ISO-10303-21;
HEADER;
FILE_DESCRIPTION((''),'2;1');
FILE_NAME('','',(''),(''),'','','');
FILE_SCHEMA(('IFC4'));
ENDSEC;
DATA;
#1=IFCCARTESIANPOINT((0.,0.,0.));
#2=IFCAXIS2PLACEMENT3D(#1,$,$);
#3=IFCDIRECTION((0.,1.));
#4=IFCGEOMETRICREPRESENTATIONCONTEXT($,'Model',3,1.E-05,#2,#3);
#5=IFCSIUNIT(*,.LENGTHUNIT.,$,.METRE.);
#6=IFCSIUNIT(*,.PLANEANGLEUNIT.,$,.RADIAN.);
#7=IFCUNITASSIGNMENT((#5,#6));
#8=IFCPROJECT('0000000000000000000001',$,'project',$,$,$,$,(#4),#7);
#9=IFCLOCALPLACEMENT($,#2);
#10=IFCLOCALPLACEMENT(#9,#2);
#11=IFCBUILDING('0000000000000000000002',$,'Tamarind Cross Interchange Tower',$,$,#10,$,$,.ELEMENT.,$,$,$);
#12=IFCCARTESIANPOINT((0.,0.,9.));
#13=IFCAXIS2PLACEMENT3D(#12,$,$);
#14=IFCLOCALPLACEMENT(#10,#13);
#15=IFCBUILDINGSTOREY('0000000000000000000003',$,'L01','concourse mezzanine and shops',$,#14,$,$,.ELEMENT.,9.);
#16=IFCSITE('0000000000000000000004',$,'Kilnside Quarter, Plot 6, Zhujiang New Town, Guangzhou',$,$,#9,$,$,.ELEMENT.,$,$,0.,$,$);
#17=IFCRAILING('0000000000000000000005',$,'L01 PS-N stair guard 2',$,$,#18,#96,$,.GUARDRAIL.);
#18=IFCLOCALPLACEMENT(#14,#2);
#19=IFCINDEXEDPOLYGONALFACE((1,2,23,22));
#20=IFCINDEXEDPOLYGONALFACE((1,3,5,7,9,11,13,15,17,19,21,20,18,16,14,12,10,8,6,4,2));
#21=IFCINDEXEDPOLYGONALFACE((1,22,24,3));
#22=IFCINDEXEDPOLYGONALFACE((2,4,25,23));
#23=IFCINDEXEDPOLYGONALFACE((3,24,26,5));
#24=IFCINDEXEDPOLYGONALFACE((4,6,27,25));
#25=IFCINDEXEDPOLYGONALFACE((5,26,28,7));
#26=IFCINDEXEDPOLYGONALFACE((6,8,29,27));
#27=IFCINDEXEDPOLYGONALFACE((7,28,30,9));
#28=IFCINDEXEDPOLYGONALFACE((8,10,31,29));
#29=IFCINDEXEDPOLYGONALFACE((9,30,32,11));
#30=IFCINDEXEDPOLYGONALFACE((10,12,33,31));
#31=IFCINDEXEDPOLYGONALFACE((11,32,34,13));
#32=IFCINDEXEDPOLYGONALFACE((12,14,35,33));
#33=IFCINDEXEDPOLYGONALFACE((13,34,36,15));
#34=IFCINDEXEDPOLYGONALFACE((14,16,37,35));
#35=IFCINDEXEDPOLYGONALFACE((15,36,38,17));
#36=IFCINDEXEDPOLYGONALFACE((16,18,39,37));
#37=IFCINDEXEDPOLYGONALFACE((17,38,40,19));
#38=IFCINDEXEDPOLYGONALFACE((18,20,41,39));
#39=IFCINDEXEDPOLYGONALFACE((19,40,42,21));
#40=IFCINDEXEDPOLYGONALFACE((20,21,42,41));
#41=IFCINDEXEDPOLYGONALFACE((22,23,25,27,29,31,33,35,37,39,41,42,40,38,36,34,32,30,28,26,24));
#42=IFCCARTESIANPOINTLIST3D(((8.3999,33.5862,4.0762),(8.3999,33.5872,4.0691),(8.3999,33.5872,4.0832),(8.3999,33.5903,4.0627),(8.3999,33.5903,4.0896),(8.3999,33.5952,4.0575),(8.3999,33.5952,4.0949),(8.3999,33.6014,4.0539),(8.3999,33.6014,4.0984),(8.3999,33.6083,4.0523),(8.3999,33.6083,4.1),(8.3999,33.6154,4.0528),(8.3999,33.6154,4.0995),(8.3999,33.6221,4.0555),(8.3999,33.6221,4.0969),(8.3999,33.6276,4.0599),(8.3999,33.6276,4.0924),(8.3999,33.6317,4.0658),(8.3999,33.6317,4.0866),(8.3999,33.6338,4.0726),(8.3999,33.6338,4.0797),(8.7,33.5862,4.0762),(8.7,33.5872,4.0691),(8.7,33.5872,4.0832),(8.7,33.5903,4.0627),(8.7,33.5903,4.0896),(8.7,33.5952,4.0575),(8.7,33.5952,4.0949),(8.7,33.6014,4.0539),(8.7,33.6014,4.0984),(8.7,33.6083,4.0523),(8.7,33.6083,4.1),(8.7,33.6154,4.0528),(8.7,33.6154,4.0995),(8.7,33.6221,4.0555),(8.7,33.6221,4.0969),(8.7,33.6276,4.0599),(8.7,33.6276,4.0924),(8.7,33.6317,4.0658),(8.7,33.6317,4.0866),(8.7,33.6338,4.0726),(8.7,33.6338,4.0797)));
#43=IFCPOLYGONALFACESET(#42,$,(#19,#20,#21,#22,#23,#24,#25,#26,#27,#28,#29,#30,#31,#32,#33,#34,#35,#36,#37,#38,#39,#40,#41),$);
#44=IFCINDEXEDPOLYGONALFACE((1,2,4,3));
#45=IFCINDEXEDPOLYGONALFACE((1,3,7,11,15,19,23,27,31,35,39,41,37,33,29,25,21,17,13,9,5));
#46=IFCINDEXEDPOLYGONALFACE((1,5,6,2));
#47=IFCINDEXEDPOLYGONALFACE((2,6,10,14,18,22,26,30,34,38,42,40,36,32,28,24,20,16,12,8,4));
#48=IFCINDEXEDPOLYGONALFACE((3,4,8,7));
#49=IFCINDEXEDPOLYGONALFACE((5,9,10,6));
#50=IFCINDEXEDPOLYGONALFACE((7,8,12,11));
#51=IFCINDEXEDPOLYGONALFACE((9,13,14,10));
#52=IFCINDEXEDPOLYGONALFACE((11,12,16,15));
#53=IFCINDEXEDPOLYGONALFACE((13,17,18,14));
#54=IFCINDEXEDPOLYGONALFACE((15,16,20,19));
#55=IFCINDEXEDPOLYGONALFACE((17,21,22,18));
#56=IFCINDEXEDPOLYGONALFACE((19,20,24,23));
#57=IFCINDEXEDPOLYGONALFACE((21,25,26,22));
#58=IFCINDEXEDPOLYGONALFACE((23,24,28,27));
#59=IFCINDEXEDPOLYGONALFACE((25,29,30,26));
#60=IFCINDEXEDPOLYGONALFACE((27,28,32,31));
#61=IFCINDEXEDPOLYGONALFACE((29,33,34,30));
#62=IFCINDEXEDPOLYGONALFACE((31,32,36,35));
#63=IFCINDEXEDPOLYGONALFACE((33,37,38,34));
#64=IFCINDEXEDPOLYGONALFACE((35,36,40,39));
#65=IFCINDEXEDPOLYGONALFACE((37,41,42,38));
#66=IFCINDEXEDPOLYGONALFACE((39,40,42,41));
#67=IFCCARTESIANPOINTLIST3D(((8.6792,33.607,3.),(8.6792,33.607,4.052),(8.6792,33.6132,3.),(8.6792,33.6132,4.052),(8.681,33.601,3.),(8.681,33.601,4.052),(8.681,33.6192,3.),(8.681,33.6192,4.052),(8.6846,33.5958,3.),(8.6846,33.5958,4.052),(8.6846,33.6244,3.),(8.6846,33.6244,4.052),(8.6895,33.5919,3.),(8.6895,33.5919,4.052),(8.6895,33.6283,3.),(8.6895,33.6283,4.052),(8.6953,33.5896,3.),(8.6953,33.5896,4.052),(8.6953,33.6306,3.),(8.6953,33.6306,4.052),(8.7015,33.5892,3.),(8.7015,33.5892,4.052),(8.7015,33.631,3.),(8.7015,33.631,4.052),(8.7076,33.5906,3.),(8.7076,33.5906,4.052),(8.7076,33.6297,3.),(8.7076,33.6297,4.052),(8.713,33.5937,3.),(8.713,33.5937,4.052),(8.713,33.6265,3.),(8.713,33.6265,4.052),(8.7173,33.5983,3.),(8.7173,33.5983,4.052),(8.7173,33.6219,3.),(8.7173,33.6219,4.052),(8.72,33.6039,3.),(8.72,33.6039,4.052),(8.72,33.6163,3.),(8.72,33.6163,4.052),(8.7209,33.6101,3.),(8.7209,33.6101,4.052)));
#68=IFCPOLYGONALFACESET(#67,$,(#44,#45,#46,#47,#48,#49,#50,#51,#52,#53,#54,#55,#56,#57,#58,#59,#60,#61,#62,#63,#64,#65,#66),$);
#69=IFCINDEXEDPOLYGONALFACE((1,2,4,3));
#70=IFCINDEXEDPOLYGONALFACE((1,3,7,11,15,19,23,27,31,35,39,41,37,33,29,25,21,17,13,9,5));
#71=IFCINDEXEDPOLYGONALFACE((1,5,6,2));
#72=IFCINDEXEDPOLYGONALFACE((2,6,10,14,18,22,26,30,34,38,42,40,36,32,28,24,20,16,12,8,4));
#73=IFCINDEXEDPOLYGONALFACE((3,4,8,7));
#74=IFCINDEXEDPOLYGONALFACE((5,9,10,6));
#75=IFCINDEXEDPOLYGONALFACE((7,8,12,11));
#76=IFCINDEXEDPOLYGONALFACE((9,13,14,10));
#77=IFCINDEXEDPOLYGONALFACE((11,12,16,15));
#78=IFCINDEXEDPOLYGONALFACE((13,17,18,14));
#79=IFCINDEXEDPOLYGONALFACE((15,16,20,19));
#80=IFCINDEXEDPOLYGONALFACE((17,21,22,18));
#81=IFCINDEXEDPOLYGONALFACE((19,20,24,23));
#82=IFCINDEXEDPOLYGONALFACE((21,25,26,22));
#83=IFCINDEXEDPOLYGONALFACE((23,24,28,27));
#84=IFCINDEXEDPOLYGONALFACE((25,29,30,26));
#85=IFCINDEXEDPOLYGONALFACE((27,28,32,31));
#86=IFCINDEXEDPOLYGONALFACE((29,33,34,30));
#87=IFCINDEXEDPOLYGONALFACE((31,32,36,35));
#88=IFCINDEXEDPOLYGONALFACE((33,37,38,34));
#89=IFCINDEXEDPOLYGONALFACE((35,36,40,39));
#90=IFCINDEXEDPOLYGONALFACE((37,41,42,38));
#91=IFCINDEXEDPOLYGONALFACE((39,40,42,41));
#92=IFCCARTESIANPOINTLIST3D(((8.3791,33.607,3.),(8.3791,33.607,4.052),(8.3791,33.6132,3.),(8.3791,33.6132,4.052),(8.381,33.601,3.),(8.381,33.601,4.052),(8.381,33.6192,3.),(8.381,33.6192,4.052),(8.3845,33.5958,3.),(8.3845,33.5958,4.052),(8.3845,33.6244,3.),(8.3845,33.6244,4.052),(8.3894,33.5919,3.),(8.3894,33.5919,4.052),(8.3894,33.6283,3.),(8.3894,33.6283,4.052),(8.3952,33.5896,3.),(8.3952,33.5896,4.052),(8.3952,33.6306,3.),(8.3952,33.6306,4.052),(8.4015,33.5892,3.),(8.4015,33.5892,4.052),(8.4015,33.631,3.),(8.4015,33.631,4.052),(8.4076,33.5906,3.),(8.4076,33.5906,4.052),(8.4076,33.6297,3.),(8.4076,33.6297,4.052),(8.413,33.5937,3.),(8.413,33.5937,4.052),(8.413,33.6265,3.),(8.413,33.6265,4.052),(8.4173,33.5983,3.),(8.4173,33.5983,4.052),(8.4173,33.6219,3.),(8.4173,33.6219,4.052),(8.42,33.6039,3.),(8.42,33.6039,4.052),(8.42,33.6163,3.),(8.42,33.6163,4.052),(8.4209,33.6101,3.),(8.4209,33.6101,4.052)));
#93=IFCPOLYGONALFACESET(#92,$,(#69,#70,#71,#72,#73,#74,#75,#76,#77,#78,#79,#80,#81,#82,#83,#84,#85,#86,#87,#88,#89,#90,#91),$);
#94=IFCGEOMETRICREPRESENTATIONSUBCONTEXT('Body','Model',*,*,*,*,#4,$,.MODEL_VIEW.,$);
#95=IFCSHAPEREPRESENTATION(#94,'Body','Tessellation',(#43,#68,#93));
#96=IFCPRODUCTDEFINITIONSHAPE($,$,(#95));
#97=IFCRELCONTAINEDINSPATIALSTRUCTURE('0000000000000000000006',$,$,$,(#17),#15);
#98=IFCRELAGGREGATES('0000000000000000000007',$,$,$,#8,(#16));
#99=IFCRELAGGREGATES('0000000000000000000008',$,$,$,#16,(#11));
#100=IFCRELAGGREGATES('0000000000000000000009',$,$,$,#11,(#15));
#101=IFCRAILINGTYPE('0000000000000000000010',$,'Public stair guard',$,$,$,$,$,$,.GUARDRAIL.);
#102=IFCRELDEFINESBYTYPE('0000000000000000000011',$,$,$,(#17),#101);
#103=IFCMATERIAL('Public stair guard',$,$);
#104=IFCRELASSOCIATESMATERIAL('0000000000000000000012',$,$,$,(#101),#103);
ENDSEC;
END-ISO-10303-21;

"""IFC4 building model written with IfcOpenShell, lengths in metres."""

from ifc_helpers import new_model, si_unit, direction, frame, origin, origin_2d, place, context, subcontext, project, spatial, circle, extrude, material, type_object, element, save


model = new_model("IFC4")

# Units and contexts
model_context = context("Model", 3, precision=1e-05, world=origin(), true_north=direction((0.0, 1.0)))
body_context = subcontext(model_context, "Body", "Model", "MODEL_VIEW")
ifc_project = project(units=[si_unit("LENGTHUNIT", "METRE"), si_unit("PLANEANGLEUNIT", "RADIAN")], contexts=[model_context])

# Site, building, storey
site_placement = place(None, origin())
site = spatial("IfcSite", under=ifc_project, at=site_placement, Name="Kilnside Quarter, Plot 6, Zhujiang New Town, Guangzhou", CompositionType="ELEMENT", RefElevation=0.0)
building_placement = place(site_placement, origin())
building = spatial("IfcBuilding", under=site, at=building_placement, Name="Tamarind Cross Interchange Tower", CompositionType="ELEMENT")
storey_placement = place(building_placement, frame((0.0, 0.0, 9.0)))
storey = spatial("IfcBuildingStorey", under=building, at=storey_placement, Name="L01", Description="concourse mezzanine and shops", CompositionType="ELEMENT", Elevation=9.0)

# Railing
ifc_material_1 = material(Name="Public stair guard")
railing_type_1 = type_object("IfcRailingType", Name="Public stair guard", PredefinedType="GUARDRAIL", material=ifc_material_1)
railing_1_placement = place(storey_placement, frame((8.7, 33.6101, 3.0)))
element("IfcRailing", 1, at=railing_1_placement, inside=storey, type_object=railing_type_1, Name="L01 PS-N stair guard 2", PredefinedType="GUARDRAIL", context=body_context, shape_type="SweptSolid", body=[
    extrude(circle(Radius=0.0239, at=origin_2d()), frame((0.0, 0.0, 1.0762), z_axis=(-1.0, 0.0, 0.0), x_axis=(0.0, -1.0, 0.0)), (0.0, 0.0, 1.0), 0.3),
    extrude(circle(Radius=0.021, at=origin_2d()), origin(), (0.0, 0.0, 1.0), 1.052),
    extrude(circle(Radius=0.021, at=origin_2d()), frame((-0.3, 0.0, 0.0)), (0.0, 0.0, 1.0), 1.052),
])

save(model, "model.ifc")
